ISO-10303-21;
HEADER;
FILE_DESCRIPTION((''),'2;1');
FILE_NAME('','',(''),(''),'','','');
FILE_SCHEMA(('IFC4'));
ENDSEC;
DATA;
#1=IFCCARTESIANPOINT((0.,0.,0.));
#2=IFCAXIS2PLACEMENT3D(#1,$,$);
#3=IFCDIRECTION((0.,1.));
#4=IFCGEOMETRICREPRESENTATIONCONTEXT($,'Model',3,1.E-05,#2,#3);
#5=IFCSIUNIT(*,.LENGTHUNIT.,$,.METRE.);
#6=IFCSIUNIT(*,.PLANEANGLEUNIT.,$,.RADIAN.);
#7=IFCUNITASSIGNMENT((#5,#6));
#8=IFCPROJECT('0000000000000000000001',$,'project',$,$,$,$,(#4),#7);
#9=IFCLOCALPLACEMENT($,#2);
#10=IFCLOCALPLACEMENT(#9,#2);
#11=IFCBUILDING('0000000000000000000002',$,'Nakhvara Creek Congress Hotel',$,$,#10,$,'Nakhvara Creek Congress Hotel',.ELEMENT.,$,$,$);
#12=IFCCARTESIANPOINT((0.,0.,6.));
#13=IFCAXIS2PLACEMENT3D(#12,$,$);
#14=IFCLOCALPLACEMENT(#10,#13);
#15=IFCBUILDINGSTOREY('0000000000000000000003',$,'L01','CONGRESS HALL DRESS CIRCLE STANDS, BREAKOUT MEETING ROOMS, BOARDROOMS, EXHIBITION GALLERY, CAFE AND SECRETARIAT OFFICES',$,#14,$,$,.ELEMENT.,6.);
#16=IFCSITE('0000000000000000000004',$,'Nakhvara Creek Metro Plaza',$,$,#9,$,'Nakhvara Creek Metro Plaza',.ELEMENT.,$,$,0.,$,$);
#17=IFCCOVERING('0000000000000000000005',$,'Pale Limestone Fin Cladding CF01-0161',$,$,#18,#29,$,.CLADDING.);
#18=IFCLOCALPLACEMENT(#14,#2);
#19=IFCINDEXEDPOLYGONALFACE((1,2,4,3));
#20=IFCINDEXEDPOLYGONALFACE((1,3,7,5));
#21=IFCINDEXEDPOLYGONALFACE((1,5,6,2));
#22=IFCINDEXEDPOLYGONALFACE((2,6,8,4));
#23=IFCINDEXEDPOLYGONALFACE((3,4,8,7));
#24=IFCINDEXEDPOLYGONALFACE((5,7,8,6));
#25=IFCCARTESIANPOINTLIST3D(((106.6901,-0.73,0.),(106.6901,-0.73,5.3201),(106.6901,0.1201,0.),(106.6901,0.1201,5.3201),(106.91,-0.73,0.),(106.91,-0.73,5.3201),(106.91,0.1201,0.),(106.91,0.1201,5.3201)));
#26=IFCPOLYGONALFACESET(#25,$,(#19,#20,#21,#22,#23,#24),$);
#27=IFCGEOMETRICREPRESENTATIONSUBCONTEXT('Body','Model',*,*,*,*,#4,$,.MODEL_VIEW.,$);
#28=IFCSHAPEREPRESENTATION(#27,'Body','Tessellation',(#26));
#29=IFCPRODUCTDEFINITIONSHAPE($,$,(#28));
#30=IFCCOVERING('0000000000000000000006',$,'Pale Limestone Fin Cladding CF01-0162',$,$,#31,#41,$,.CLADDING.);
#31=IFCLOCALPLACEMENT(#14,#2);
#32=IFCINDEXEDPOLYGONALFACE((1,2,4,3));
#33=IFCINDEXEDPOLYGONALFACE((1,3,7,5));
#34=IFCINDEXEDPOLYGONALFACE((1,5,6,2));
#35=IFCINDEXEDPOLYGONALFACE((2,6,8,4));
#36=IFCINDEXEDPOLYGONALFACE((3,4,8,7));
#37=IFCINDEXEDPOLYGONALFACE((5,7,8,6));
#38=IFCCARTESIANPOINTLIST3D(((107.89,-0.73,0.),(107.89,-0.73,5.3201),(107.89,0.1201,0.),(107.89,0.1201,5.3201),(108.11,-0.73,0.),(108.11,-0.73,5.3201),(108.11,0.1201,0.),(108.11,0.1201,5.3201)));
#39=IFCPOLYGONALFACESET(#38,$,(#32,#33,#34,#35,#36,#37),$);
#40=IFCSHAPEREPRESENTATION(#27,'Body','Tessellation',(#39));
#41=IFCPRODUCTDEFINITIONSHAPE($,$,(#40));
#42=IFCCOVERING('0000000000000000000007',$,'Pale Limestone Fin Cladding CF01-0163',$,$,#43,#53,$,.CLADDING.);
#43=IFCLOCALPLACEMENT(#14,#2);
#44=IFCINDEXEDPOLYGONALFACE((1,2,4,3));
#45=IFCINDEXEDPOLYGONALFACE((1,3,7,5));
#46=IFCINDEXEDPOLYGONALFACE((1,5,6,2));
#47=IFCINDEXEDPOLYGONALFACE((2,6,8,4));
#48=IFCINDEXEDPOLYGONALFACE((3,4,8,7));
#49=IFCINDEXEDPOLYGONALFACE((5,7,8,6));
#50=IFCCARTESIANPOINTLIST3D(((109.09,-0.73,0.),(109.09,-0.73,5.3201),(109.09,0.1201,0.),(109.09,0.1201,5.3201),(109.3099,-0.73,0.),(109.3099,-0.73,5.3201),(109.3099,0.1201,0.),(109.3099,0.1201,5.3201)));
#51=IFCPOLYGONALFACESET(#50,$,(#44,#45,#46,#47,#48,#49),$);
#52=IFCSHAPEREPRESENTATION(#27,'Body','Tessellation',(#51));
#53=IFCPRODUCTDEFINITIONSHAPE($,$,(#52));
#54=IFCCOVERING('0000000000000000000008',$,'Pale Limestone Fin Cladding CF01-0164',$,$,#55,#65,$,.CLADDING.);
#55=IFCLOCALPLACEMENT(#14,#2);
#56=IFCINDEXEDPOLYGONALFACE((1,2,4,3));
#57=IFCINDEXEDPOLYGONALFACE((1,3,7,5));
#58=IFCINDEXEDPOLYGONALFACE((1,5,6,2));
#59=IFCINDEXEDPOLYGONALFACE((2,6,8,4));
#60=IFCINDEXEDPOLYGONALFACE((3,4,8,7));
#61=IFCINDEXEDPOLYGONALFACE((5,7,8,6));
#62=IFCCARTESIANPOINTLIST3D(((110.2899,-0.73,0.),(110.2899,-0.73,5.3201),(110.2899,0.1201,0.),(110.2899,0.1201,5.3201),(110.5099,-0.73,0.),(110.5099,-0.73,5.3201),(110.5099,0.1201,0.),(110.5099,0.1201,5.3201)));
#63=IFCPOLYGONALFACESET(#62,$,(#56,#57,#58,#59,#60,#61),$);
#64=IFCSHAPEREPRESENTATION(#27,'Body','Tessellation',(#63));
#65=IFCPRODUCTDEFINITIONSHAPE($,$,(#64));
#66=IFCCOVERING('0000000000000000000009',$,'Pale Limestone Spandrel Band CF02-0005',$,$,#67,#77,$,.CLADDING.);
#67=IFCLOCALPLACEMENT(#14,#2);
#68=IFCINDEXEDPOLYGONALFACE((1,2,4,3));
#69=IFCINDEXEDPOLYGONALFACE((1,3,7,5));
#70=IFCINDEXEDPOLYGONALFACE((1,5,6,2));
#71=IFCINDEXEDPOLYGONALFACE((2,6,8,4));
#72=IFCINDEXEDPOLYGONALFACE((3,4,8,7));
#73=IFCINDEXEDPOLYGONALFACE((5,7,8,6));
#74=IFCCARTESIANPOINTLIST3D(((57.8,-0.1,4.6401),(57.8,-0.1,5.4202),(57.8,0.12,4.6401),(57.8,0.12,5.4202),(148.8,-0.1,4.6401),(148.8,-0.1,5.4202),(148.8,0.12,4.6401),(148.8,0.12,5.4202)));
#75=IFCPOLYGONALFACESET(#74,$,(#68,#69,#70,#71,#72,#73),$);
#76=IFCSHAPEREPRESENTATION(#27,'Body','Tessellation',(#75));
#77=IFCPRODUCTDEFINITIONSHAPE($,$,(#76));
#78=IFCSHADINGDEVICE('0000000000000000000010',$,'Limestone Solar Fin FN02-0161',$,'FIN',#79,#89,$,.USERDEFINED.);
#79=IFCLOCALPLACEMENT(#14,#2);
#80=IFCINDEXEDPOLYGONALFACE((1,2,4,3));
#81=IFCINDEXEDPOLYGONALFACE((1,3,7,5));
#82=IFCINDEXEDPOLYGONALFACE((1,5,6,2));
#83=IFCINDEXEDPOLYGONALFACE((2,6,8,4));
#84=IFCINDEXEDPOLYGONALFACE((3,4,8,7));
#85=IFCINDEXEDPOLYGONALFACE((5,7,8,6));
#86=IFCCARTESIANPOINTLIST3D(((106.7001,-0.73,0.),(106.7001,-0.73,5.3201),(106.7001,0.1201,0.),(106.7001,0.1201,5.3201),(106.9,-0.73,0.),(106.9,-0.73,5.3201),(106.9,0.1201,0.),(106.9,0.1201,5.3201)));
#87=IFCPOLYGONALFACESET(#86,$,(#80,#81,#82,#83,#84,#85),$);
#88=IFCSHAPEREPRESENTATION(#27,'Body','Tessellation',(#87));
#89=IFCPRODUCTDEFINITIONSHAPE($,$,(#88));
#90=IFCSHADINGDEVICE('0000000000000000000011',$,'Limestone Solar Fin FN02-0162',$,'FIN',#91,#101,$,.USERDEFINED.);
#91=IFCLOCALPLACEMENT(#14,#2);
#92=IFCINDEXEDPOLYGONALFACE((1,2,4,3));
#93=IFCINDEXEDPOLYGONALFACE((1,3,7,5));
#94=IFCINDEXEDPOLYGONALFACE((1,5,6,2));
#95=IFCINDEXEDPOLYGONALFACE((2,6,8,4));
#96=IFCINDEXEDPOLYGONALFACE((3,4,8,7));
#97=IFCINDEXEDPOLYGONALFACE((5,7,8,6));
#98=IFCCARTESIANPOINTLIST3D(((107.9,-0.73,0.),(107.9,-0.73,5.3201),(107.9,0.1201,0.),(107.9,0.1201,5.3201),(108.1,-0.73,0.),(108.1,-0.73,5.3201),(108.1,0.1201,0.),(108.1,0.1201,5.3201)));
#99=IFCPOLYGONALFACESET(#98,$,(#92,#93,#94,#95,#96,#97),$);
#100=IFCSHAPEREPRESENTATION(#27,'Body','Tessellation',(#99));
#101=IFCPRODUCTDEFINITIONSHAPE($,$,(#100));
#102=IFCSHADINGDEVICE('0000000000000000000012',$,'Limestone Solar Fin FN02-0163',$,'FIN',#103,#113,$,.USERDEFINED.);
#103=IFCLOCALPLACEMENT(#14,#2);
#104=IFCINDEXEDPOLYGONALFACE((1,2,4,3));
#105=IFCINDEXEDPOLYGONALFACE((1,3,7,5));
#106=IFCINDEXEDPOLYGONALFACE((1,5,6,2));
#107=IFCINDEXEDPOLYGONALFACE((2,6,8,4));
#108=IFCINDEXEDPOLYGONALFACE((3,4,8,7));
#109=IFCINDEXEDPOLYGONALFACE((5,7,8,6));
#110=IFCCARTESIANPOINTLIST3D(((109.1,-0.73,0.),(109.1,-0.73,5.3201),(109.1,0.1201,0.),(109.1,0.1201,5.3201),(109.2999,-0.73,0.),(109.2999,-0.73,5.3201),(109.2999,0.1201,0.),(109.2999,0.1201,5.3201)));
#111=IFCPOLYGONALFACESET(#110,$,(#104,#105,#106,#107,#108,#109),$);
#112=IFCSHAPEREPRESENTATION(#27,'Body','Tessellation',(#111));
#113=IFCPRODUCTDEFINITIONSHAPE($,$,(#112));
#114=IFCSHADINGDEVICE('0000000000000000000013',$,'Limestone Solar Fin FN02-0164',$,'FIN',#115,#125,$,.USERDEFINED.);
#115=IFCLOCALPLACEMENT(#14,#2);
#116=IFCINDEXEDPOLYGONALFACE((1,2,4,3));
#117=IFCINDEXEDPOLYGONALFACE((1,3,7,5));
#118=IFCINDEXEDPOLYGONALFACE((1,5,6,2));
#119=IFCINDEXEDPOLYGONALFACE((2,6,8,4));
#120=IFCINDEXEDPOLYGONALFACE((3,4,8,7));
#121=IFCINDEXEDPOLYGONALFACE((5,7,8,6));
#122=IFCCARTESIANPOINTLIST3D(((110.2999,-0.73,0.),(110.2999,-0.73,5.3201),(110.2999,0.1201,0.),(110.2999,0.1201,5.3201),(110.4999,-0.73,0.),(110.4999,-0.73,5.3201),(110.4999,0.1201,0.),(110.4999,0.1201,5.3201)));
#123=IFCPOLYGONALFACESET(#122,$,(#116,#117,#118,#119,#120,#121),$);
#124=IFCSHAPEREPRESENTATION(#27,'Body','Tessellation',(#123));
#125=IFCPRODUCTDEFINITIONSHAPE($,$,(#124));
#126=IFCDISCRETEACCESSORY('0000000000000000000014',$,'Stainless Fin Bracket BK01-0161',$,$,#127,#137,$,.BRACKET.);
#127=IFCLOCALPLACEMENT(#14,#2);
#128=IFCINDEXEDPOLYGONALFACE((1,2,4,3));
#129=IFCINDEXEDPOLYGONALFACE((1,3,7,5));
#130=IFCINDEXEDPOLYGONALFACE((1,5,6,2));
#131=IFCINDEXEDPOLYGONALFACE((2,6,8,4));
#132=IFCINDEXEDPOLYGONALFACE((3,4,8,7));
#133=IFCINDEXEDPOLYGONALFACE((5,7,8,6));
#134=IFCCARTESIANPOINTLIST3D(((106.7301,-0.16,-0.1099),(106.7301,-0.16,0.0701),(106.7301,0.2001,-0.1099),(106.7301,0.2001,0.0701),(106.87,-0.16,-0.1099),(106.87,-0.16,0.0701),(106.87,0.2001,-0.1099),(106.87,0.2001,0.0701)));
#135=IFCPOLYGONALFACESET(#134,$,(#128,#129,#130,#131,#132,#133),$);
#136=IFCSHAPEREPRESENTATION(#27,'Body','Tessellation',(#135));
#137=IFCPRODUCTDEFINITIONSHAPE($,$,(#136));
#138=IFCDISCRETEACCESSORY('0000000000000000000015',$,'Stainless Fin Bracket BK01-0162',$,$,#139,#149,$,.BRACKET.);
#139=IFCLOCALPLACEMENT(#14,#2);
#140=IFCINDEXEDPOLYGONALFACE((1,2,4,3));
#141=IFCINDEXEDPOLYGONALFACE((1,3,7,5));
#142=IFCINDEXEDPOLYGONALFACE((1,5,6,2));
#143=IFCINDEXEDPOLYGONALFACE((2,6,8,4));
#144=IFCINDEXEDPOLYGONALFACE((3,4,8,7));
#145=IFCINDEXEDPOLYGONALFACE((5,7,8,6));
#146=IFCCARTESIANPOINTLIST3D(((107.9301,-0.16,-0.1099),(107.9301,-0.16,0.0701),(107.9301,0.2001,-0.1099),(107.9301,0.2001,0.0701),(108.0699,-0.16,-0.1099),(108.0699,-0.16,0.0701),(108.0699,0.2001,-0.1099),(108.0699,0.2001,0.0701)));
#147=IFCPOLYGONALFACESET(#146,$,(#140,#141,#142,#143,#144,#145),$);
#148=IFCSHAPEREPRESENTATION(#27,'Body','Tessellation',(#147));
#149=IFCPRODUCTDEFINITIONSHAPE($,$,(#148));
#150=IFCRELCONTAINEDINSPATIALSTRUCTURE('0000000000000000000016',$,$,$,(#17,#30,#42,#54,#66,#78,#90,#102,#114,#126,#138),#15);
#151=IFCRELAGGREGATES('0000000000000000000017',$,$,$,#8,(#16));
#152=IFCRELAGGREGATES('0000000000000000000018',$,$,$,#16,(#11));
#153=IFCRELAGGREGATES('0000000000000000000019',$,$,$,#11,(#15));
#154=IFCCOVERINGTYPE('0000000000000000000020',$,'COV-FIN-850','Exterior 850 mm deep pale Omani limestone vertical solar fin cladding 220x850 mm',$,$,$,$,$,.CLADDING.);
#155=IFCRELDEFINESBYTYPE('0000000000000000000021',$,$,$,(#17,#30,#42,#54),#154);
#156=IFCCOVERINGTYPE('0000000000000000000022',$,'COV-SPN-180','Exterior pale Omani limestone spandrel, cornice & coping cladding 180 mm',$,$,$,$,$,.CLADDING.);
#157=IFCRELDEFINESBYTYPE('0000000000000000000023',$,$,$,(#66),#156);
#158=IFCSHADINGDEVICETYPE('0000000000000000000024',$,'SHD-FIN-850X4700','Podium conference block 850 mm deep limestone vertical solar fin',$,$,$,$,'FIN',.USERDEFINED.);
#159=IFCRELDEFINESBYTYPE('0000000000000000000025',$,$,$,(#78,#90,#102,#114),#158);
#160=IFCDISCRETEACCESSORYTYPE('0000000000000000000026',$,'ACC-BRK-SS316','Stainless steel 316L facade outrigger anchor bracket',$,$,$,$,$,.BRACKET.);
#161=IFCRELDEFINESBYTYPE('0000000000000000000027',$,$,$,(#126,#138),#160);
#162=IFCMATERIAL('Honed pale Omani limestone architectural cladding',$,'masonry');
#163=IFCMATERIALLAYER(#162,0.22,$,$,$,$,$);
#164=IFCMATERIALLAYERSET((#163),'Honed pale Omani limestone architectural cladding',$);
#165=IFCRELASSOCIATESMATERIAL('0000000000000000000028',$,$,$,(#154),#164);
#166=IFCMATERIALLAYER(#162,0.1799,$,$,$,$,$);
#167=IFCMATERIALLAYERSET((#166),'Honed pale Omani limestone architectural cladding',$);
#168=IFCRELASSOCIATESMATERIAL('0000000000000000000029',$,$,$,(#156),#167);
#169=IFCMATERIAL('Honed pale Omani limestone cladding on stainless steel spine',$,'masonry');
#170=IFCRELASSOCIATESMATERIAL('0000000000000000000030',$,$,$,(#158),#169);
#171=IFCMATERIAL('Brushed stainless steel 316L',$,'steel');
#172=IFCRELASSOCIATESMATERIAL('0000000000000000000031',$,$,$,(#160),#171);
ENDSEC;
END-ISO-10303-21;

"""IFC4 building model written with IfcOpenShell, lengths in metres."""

from ifc_helpers import new_model, si_unit, direction, frame, origin, origin_2d, place, context, subcontext, project, spatial, rectangle, extrude, material, layer, layer_set, type_object, element, save


model = new_model("IFC4")

# Units and contexts
model_context = context("Model", 3, precision=1e-05, world=origin(), true_north=direction((0.0, 1.0)))
body_context = subcontext(model_context, "Body", "Model", "MODEL_VIEW")
ifc_project = project(units=[si_unit("LENGTHUNIT", "METRE"), si_unit("PLANEANGLEUNIT", "RADIAN")], contexts=[model_context])

# Site, building, storey
site_placement = place(None, origin())
site = spatial("IfcSite", under=ifc_project, at=site_placement, Name="Nakhvara Creek Metro Plaza", LongName="Nakhvara Creek Metro Plaza", CompositionType="ELEMENT", RefElevation=0.0)
building_placement = place(site_placement, origin())
building = spatial("IfcBuilding", under=site, at=building_placement, Name="Nakhvara Creek Congress Hotel", LongName="Nakhvara Creek Congress Hotel", CompositionType="ELEMENT")
storey_placement = place(building_placement, frame((0.0, 0.0, 6.0)))
storey = spatial("IfcBuildingStorey", under=building, at=storey_placement, Name="L01", Description="CONGRESS HALL DRESS CIRCLE STANDS, BREAKOUT MEETING ROOMS, BOARDROOMS, EXHIBITION GALLERY, CAFE AND SECRETARIAT OFFICES", CompositionType="ELEMENT", Elevation=6.0)

# Coverings
ifc_material_1 = material(Name="Honed pale Omani limestone architectural cladding", Category="masonry")
ifc_layer_1 = layer(ifc_material_1, 0.22)
ifc_layer_set_1 = layer_set([ifc_layer_1], Name="Honed pale Omani limestone architectural cladding")
covering_type_1 = type_object("IfcCoveringType", Name="COV-FIN-850", Description="Exterior 850 mm deep pale Omani limestone vertical solar fin cladding 220x850 mm", PredefinedType="CLADDING", material=ifc_layer_set_1)
for number, where, z_axis, x_axis, name in (
    (1, (106.8, -0.3049, 0.0), (0.0, 0.0, 1.0), (1.0, 0.0, 0.0), "Pale Limestone Fin Cladding CF01-0161"),
    (2, (108.0, -0.3049, 0.0), (0.0, 0.0, 1.0), (1.0, 0.0, 0.0), "Pale Limestone Fin Cladding CF01-0162"),
    (3, (109.2, -0.3049, 0.0), (0.0, 0.0, 1.0), (1.0, 0.0, 0.0), "Pale Limestone Fin Cladding CF01-0163"),
    (4, (110.3999, -0.3049, 0.0), (0.0, 0.0, 1.0), (1.0, 0.0, 0.0), "Pale Limestone Fin Cladding CF01-0164"),
):
    element("IfcCovering", number, at=place(storey_placement, frame(where, z_axis=z_axis, x_axis=x_axis)), inside=storey, type_object=covering_type_1, Name=name, PredefinedType="CLADDING", context=body_context, shape_type="SweptSolid", body=[
        extrude(rectangle(XDim=0.22, YDim=0.8501, at=origin_2d()), origin(), (0.0, 0.0, 1.0), 5.3201),
    ])
ifc_layer_2 = layer(ifc_material_1, 0.1799)
ifc_layer_set_2 = layer_set([ifc_layer_2], Name="Honed pale Omani limestone architectural cladding")
covering_type_2 = type_object("IfcCoveringType", Name="COV-SPN-180", Description="Exterior pale Omani limestone spandrel, cornice & coping cladding 180 mm", PredefinedType="CLADDING", material=ifc_layer_set_2)
covering_placement = place(storey_placement, frame((103.3, 0.01, 4.6401), z_axis=(0.0, 0.0, 1.0), x_axis=(1.0, 0.0, 0.0)))
element("IfcCovering", 5, at=covering_placement, inside=storey, type_object=covering_type_2, Name="Pale Limestone Spandrel Band CF02-0005", PredefinedType="CLADDING", context=body_context, shape_type="SweptSolid", body=[
    extrude(rectangle(XDim=91.0, YDim=0.22, at=origin_2d()), origin(), (0.0, 0.0, 1.0), 0.78),
])

# Shading devices
ifc_material_2 = material(Name="Honed pale Omani limestone cladding on stainless steel spine", Category="masonry")
shading_device_type = type_object("IfcShadingDeviceType", Name="SHD-FIN-850X4700", Description="Podium conference block 850 mm deep limestone vertical solar fin", ElementType="FIN", PredefinedType="USERDEFINED", material=ifc_material_2)
for number, where, z_axis, x_axis, name in (
    (6, (106.8, -0.3049, 0.0), (0.0, 0.0, 1.0), (1.0, 0.0, 0.0), "Limestone Solar Fin FN02-0161"),
    (7, (108.0, -0.3049, 0.0), (0.0, 0.0, 1.0), (1.0, 0.0, 0.0), "Limestone Solar Fin FN02-0162"),
    (8, (109.2, -0.3049, 0.0), (0.0, 0.0, 1.0), (1.0, 0.0, 0.0), "Limestone Solar Fin FN02-0163"),
    (9, (110.3999, -0.3049, 0.0), (0.0, 0.0, 1.0), (1.0, 0.0, 0.0), "Limestone Solar Fin FN02-0164"),
):
    element("IfcShadingDevice", number, at=place(storey_placement, frame(where, z_axis=z_axis, x_axis=x_axis)), inside=storey, type_object=shading_device_type, Name=name, ObjectType="FIN", PredefinedType="USERDEFINED", context=body_context, shape_type="SweptSolid", body=[
        extrude(rectangle(XDim=0.2, YDim=0.8501, at=origin_2d()), origin(), (0.0, 0.0, 1.0), 5.3201),
    ])

# Discrete accessories
ifc_material_3 = material(Name="Brushed stainless steel 316L", Category="steel")
discrete_accessory_type = type_object("IfcDiscreteAccessoryType", Name="ACC-BRK-SS316", Description="Stainless steel 316L facade outrigger anchor bracket", PredefinedType="BRACKET", material=ifc_material_3)
for number, where, z_axis, x_axis, name in (
    (10, (106.8, 0.02, -0.1099), (0.0, 0.0, 1.0), (1.0, 0.0, 0.0), "Stainless Fin Bracket BK01-0161"),
    (11, (108.0, 0.02, -0.1099), (0.0, 0.0, 1.0), (1.0, 0.0, 0.0), "Stainless Fin Bracket BK01-0162"),
):
    element("IfcDiscreteAccessory", number, at=place(storey_placement, frame(where, z_axis=z_axis, x_axis=x_axis)), inside=storey, type_object=discrete_accessory_type, Name=name, PredefinedType="BRACKET", context=body_context, shape_type="SweptSolid", body=[
        extrude(rectangle(XDim=0.1399, YDim=0.3601, at=origin_2d()), origin(), (0.0, 0.0, 1.0), 0.1799),
    ])

save(model, "model.ifc")
